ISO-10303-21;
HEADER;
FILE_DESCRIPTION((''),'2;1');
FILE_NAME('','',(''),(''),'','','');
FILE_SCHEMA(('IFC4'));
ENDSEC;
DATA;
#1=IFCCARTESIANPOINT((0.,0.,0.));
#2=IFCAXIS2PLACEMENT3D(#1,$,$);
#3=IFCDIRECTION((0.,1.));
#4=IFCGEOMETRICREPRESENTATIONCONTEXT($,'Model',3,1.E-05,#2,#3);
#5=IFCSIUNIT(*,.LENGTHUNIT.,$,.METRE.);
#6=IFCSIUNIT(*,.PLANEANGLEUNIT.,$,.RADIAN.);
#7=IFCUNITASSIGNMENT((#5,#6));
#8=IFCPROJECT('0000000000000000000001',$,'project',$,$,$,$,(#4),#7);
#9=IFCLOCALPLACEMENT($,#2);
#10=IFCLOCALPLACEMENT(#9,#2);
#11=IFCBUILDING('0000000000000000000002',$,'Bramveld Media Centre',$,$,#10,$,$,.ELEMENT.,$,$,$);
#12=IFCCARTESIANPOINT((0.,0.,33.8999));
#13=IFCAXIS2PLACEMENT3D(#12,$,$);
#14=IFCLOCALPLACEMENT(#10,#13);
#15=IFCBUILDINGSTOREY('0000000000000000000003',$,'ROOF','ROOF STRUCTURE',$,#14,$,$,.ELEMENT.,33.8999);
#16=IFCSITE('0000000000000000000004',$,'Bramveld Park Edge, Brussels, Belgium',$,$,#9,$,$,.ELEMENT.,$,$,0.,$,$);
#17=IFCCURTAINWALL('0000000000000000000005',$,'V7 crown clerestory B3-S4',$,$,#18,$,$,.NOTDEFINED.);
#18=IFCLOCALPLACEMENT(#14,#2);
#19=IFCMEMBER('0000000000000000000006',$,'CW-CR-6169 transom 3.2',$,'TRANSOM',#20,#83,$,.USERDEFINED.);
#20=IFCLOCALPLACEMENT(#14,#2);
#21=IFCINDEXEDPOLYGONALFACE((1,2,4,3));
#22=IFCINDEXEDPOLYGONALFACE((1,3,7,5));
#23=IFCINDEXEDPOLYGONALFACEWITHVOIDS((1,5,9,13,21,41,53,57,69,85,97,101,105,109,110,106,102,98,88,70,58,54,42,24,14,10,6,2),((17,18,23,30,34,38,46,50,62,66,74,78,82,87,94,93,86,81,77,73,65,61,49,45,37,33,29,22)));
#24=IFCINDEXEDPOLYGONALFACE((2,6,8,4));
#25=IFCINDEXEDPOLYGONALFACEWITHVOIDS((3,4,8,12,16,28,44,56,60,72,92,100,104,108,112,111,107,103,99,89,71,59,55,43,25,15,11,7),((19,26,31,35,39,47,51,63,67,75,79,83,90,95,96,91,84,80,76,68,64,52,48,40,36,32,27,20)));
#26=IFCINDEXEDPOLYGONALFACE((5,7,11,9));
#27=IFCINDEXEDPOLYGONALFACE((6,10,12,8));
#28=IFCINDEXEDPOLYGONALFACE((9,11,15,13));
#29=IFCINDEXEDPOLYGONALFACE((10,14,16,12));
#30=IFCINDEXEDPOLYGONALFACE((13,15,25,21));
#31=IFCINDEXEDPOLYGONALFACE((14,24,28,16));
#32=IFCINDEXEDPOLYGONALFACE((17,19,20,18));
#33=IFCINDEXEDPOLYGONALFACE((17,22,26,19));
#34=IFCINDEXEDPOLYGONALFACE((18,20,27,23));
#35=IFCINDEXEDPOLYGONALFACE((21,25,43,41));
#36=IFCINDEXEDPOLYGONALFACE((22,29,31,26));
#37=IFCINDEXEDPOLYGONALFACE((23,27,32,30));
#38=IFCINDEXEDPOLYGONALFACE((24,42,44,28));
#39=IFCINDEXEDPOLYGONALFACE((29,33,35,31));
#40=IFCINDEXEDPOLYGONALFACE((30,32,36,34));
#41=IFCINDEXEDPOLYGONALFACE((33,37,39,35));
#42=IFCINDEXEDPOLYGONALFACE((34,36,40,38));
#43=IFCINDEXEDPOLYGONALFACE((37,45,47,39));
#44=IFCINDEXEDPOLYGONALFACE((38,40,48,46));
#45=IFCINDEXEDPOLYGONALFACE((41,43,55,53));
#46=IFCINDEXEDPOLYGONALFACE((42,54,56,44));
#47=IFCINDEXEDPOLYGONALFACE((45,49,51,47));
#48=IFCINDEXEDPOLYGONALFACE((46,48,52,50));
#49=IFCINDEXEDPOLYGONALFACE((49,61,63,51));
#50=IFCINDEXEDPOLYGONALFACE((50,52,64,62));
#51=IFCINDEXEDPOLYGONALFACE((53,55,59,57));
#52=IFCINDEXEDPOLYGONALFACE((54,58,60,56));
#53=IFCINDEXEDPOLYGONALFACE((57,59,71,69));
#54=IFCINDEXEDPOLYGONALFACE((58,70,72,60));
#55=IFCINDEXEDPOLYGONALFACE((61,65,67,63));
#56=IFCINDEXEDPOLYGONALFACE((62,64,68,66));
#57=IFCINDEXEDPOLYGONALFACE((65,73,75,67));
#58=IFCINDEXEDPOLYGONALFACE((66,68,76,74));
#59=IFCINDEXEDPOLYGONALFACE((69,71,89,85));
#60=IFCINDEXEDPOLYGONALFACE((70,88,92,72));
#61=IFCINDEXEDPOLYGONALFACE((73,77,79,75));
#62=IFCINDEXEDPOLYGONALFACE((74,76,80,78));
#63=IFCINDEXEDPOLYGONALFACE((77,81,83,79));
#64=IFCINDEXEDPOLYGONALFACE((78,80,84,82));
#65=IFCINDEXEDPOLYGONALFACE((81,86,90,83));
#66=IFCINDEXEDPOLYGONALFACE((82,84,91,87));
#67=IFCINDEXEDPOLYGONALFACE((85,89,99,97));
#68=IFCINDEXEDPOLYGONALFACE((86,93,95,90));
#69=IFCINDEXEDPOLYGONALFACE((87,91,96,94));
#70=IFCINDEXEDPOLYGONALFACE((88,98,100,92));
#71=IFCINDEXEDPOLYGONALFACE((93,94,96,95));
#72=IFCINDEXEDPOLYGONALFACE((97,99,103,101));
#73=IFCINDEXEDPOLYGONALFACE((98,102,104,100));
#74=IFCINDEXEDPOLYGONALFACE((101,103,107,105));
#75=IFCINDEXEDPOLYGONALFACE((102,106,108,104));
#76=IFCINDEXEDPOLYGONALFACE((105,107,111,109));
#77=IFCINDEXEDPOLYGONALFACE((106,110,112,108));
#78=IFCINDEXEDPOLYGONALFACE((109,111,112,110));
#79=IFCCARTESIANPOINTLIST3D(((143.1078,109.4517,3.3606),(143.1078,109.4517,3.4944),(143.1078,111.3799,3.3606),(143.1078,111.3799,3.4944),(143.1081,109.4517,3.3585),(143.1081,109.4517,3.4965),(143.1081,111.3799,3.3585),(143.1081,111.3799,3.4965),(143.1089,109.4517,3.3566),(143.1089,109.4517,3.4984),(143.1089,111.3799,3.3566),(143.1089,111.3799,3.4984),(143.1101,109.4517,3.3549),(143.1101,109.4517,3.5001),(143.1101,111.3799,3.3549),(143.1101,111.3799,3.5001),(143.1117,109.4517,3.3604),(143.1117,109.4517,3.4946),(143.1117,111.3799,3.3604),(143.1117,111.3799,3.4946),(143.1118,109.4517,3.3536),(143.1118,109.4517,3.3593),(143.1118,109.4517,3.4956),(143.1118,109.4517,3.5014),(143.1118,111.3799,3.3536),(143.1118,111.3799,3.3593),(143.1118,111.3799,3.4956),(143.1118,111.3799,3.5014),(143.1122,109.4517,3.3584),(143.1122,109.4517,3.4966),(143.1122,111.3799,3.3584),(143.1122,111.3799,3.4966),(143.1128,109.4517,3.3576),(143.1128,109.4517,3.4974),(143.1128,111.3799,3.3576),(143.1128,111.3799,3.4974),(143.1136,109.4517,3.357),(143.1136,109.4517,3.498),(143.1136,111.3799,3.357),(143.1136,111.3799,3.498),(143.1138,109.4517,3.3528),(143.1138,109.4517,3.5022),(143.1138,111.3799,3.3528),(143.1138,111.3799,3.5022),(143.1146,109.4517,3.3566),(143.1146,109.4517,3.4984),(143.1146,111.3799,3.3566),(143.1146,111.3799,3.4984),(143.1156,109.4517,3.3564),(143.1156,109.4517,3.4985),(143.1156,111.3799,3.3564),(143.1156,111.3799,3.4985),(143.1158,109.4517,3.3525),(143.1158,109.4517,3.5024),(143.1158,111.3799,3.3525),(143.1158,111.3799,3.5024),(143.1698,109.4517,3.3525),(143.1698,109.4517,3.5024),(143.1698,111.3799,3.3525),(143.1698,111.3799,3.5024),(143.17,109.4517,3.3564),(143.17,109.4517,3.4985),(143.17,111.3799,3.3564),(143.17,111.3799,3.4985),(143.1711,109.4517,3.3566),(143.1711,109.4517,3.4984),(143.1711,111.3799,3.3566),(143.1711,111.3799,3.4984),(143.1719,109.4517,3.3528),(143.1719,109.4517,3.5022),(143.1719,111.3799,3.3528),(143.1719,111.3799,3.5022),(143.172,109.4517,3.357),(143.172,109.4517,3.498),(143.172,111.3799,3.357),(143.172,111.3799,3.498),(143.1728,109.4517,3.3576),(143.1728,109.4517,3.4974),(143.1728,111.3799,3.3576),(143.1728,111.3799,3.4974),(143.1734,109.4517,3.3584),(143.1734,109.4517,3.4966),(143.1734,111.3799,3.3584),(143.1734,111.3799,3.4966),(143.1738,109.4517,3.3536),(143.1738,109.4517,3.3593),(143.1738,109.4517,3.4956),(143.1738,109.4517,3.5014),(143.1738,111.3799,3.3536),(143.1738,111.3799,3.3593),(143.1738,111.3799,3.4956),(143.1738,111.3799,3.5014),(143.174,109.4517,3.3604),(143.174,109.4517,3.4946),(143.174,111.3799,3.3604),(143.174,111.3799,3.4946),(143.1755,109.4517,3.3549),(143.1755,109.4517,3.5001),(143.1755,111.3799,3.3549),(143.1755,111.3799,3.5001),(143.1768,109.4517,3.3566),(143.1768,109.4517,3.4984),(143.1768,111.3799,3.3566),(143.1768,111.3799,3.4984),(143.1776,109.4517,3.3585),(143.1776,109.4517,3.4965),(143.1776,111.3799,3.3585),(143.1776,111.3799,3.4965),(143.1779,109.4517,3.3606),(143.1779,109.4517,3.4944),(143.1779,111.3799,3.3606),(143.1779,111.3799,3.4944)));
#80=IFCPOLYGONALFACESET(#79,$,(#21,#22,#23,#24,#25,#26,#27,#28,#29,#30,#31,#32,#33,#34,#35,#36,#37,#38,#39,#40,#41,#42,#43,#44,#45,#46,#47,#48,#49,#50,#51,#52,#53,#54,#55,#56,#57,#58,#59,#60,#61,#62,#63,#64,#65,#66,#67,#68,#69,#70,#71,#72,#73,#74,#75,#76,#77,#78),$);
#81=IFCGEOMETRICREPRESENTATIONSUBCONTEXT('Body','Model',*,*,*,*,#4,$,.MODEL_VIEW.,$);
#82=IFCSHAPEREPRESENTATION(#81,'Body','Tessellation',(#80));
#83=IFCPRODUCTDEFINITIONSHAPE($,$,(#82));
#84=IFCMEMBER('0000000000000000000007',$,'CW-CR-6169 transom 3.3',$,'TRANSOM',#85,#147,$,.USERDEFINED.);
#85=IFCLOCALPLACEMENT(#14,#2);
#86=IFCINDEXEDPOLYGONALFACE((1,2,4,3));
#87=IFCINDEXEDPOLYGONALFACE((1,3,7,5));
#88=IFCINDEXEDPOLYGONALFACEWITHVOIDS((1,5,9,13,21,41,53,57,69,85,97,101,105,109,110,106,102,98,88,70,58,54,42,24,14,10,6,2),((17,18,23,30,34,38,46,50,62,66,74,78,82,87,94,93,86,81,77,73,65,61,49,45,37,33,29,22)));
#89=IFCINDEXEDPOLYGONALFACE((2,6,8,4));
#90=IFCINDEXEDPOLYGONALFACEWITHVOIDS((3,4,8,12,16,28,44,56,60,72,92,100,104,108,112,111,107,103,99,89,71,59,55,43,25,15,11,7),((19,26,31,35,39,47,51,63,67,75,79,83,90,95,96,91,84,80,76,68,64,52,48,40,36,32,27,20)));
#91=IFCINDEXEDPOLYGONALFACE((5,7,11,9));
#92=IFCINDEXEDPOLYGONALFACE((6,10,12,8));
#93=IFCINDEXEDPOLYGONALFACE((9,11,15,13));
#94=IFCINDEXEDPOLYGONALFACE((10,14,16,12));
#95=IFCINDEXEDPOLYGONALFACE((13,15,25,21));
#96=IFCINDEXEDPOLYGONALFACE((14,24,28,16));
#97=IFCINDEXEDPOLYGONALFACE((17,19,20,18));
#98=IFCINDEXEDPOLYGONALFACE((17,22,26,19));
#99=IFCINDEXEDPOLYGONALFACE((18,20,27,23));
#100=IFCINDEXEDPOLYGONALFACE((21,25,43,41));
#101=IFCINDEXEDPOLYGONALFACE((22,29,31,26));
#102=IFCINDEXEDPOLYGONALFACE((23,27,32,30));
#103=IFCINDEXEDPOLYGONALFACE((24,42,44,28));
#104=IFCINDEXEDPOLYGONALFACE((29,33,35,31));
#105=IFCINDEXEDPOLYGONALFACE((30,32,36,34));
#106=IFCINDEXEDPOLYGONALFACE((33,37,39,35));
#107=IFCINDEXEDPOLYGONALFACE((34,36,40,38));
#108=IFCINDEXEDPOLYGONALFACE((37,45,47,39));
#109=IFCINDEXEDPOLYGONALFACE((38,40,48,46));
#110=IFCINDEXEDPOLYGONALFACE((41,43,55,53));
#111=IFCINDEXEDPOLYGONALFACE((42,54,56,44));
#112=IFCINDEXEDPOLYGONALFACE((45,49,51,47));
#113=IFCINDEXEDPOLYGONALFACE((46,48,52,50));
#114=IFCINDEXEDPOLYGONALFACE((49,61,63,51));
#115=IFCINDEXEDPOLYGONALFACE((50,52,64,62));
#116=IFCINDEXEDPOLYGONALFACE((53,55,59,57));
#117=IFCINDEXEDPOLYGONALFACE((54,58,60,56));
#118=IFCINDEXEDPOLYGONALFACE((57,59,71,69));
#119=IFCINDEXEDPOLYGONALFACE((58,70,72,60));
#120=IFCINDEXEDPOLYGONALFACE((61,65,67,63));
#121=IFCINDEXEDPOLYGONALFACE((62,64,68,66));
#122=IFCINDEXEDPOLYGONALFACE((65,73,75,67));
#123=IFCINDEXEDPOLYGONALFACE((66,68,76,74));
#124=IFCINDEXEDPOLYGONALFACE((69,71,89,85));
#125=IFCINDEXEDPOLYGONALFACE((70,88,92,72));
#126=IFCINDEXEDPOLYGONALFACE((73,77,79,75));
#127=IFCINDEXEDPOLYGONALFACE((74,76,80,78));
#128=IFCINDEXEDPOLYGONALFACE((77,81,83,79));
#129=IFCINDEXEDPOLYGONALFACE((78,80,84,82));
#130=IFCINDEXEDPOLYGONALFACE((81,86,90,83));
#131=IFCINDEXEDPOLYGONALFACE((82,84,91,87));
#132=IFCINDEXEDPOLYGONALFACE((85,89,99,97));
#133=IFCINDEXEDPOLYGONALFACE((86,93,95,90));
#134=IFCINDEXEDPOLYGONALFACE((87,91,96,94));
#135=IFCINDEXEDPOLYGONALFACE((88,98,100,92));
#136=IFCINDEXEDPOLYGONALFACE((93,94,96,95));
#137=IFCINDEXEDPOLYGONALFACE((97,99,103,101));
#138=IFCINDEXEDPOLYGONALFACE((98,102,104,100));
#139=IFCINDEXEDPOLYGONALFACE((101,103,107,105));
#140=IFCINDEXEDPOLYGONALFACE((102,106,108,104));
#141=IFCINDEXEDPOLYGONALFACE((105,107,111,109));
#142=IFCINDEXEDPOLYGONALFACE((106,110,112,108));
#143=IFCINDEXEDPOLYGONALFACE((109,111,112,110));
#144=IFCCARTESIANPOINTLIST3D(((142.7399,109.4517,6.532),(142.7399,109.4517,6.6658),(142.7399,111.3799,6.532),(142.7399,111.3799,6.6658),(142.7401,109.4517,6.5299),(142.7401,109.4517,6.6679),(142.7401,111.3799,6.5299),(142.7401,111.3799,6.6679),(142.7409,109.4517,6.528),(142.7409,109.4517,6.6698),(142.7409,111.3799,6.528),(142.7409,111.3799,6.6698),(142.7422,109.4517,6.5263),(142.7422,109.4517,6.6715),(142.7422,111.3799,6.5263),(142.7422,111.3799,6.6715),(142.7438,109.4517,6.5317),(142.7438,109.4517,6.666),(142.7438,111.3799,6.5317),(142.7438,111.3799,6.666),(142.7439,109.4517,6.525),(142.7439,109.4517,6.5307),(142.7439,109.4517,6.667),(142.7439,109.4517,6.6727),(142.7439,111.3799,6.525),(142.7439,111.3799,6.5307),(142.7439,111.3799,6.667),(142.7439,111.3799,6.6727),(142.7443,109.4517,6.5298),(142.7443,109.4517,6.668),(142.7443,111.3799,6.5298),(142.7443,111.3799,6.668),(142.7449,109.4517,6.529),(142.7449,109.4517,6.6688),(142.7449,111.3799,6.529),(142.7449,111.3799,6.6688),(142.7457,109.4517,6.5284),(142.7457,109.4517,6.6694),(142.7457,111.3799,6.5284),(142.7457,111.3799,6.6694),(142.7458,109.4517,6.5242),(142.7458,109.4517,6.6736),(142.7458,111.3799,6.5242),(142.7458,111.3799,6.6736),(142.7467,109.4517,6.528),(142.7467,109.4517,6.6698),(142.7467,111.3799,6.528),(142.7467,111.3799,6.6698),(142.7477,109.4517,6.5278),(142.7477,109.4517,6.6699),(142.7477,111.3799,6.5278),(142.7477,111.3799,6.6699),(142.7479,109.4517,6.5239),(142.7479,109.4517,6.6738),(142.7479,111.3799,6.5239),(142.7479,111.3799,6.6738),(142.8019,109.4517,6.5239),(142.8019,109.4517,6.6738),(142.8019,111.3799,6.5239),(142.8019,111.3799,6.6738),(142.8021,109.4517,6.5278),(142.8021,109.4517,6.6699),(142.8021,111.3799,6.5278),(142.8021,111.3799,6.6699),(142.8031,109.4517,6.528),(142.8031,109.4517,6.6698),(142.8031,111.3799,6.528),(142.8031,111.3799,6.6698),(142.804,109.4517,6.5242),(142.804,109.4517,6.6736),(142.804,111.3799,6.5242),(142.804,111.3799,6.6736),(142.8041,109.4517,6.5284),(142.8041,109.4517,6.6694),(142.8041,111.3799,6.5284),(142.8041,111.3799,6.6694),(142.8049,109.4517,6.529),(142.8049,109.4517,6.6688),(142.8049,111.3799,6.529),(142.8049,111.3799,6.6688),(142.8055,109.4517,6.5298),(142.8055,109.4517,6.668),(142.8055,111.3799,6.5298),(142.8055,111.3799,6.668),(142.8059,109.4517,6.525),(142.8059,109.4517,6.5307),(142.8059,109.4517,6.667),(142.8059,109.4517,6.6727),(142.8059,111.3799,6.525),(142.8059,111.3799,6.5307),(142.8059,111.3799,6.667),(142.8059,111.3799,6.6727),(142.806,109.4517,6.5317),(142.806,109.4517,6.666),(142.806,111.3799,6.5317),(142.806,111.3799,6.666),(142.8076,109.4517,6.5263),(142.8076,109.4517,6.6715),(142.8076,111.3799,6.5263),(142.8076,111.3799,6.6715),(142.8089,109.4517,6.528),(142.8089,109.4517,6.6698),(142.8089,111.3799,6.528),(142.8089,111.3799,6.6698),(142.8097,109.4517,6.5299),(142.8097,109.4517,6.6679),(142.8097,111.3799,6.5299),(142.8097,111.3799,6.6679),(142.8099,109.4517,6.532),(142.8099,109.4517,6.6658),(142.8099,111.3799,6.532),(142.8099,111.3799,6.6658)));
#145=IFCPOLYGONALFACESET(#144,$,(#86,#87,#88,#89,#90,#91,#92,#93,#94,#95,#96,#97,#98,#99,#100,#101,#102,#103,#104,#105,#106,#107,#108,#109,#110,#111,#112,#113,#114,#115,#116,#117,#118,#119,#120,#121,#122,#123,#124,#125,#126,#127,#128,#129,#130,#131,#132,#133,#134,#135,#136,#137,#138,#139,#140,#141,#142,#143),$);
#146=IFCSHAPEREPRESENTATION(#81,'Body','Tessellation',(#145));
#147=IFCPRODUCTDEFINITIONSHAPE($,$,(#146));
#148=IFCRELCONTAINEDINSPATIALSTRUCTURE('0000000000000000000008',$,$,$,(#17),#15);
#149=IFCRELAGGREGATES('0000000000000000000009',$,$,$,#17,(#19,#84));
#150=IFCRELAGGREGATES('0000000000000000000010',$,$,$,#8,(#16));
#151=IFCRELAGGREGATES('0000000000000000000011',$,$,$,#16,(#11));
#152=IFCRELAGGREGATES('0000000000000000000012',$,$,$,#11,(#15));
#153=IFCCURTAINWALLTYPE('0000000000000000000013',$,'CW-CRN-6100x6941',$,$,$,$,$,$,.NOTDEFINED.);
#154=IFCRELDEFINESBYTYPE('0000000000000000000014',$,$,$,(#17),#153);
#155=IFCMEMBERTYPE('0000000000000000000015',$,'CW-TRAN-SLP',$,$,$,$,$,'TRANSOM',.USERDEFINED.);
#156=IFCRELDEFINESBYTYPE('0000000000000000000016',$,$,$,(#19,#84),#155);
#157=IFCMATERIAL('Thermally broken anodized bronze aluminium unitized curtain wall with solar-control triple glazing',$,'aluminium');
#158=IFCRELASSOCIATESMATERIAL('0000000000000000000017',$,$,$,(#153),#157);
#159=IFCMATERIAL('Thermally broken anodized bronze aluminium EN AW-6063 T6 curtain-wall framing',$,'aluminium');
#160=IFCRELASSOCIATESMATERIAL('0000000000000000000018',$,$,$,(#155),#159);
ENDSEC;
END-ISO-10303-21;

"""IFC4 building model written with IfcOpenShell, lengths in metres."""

from ifc_helpers import new_model, si_unit, direction, frame, origin, origin_2d, place, context, subcontext, project, spatial, hollow_rectangle, extrude, material, material_profile, profile_set, type_object, element, aggregate, save


model = new_model("IFC4")

# Units and contexts
model_context = context("Model", 3, precision=1e-05, world=origin(), true_north=direction((0.0, 1.0)))
body_context = subcontext(model_context, "Body", "Model", "MODEL_VIEW")
ifc_project = project(units=[si_unit("LENGTHUNIT", "METRE"), si_unit("PLANEANGLEUNIT", "RADIAN")], contexts=[model_context])

# Site, building, storey
site_placement = place(None, origin())
site = spatial("IfcSite", under=ifc_project, at=site_placement, Name="Bramveld Park Edge, Brussels, Belgium", CompositionType="ELEMENT", RefElevation=0.0)
building_placement = place(site_placement, origin())
building = spatial("IfcBuilding", under=site, at=building_placement, Name="Bramveld Media Centre", CompositionType="ELEMENT")
storey_placement = place(building_placement, frame((0.0, 0.0, 33.8999)))
storey = spatial("IfcBuildingStorey", under=building, at=storey_placement, Name="ROOF", Description="ROOF STRUCTURE", CompositionType="ELEMENT", Elevation=33.8999)

# Curtain wall, members
ifc_material_1 = material(Name="Thermally broken anodized bronze aluminium unitized curtain wall with solar-control triple glazing", Category="aluminium")
curtain_wall_type = type_object("IfcCurtainWallType", Name="CW-CRN-6100x6941", PredefinedType="NOTDEFINED", material=ifc_material_1)
curtain_wall_1_placement = place(storey_placement, origin())
curtain_wall_1 = element("IfcCurtainWall", 1, at=curtain_wall_1_placement, inside=storey, type_object=curtain_wall_type, Name="V7 crown clerestory B3-S4", PredefinedType="NOTDEFINED")
ifc_material_2 = material(Name="Thermally broken anodized bronze aluminium EN AW-6063 T6 curtain-wall framing", Category="aluminium")
ifc_material_profile_1 = material_profile(ifc_material_2, hollow_rectangle(XDim=0.0701, YDim=0.1499, WallThickness=0.0039, InnerFilletRadius=0.0039, OuterFilletRadius=0.0081, at=origin_2d()), Name="AL-TRAN 70x150")
ifc_profile_set_1 = profile_set([ifc_material_profile_1], Name="Thermally broken anodized bronze aluminium EN AW-6063 T6 curtain-wall framing")
member_type_1 = type_object("IfcMemberType", Name="CW-TRAN-SLP", ElementType="TRANSOM", PredefinedType="USERDEFINED", material=ifc_profile_set_1)
member_1_placement = place(storey_placement, frame((143.1428, 109.4517, 3.4275), z_axis=(0.0, 1.0, 0.0), x_axis=(-1.0, 0.0, 0.0)))
member_1 = element("IfcMember", 2, at=member_1_placement, type_object=member_type_1, Name="CW-CR-6169 transom 3.2", ObjectType="TRANSOM", PredefinedType="USERDEFINED", context=body_context, shape_type="SweptSolid", body=[
    extrude(hollow_rectangle(XDim=0.0701, YDim=0.1499, WallThickness=0.0039, InnerFilletRadius=0.0039, OuterFilletRadius=0.0081, at=origin_2d()), origin(), (0.0, 0.0, 1.0), 1.9282),
])
member_2_placement = place(storey_placement, frame((142.7749, 109.4517, 6.5989), z_axis=(0.0, 1.0, 0.0), x_axis=(-1.0, 0.0, 0.0)))
member_2 = element("IfcMember", 3, at=member_2_placement, type_object=member_type_1, Name="CW-CR-6169 transom 3.3", ObjectType="TRANSOM", PredefinedType="USERDEFINED", context=body_context, shape_type="SweptSolid", body=[
    extrude(hollow_rectangle(XDim=0.0701, YDim=0.1499, WallThickness=0.0039, InnerFilletRadius=0.0039, OuterFilletRadius=0.0081, at=origin_2d()), origin(), (0.0, 0.0, 1.0), 1.9282),
])

aggregate(curtain_wall_1, [member_1, member_2])

save(model, "model.ifc")
